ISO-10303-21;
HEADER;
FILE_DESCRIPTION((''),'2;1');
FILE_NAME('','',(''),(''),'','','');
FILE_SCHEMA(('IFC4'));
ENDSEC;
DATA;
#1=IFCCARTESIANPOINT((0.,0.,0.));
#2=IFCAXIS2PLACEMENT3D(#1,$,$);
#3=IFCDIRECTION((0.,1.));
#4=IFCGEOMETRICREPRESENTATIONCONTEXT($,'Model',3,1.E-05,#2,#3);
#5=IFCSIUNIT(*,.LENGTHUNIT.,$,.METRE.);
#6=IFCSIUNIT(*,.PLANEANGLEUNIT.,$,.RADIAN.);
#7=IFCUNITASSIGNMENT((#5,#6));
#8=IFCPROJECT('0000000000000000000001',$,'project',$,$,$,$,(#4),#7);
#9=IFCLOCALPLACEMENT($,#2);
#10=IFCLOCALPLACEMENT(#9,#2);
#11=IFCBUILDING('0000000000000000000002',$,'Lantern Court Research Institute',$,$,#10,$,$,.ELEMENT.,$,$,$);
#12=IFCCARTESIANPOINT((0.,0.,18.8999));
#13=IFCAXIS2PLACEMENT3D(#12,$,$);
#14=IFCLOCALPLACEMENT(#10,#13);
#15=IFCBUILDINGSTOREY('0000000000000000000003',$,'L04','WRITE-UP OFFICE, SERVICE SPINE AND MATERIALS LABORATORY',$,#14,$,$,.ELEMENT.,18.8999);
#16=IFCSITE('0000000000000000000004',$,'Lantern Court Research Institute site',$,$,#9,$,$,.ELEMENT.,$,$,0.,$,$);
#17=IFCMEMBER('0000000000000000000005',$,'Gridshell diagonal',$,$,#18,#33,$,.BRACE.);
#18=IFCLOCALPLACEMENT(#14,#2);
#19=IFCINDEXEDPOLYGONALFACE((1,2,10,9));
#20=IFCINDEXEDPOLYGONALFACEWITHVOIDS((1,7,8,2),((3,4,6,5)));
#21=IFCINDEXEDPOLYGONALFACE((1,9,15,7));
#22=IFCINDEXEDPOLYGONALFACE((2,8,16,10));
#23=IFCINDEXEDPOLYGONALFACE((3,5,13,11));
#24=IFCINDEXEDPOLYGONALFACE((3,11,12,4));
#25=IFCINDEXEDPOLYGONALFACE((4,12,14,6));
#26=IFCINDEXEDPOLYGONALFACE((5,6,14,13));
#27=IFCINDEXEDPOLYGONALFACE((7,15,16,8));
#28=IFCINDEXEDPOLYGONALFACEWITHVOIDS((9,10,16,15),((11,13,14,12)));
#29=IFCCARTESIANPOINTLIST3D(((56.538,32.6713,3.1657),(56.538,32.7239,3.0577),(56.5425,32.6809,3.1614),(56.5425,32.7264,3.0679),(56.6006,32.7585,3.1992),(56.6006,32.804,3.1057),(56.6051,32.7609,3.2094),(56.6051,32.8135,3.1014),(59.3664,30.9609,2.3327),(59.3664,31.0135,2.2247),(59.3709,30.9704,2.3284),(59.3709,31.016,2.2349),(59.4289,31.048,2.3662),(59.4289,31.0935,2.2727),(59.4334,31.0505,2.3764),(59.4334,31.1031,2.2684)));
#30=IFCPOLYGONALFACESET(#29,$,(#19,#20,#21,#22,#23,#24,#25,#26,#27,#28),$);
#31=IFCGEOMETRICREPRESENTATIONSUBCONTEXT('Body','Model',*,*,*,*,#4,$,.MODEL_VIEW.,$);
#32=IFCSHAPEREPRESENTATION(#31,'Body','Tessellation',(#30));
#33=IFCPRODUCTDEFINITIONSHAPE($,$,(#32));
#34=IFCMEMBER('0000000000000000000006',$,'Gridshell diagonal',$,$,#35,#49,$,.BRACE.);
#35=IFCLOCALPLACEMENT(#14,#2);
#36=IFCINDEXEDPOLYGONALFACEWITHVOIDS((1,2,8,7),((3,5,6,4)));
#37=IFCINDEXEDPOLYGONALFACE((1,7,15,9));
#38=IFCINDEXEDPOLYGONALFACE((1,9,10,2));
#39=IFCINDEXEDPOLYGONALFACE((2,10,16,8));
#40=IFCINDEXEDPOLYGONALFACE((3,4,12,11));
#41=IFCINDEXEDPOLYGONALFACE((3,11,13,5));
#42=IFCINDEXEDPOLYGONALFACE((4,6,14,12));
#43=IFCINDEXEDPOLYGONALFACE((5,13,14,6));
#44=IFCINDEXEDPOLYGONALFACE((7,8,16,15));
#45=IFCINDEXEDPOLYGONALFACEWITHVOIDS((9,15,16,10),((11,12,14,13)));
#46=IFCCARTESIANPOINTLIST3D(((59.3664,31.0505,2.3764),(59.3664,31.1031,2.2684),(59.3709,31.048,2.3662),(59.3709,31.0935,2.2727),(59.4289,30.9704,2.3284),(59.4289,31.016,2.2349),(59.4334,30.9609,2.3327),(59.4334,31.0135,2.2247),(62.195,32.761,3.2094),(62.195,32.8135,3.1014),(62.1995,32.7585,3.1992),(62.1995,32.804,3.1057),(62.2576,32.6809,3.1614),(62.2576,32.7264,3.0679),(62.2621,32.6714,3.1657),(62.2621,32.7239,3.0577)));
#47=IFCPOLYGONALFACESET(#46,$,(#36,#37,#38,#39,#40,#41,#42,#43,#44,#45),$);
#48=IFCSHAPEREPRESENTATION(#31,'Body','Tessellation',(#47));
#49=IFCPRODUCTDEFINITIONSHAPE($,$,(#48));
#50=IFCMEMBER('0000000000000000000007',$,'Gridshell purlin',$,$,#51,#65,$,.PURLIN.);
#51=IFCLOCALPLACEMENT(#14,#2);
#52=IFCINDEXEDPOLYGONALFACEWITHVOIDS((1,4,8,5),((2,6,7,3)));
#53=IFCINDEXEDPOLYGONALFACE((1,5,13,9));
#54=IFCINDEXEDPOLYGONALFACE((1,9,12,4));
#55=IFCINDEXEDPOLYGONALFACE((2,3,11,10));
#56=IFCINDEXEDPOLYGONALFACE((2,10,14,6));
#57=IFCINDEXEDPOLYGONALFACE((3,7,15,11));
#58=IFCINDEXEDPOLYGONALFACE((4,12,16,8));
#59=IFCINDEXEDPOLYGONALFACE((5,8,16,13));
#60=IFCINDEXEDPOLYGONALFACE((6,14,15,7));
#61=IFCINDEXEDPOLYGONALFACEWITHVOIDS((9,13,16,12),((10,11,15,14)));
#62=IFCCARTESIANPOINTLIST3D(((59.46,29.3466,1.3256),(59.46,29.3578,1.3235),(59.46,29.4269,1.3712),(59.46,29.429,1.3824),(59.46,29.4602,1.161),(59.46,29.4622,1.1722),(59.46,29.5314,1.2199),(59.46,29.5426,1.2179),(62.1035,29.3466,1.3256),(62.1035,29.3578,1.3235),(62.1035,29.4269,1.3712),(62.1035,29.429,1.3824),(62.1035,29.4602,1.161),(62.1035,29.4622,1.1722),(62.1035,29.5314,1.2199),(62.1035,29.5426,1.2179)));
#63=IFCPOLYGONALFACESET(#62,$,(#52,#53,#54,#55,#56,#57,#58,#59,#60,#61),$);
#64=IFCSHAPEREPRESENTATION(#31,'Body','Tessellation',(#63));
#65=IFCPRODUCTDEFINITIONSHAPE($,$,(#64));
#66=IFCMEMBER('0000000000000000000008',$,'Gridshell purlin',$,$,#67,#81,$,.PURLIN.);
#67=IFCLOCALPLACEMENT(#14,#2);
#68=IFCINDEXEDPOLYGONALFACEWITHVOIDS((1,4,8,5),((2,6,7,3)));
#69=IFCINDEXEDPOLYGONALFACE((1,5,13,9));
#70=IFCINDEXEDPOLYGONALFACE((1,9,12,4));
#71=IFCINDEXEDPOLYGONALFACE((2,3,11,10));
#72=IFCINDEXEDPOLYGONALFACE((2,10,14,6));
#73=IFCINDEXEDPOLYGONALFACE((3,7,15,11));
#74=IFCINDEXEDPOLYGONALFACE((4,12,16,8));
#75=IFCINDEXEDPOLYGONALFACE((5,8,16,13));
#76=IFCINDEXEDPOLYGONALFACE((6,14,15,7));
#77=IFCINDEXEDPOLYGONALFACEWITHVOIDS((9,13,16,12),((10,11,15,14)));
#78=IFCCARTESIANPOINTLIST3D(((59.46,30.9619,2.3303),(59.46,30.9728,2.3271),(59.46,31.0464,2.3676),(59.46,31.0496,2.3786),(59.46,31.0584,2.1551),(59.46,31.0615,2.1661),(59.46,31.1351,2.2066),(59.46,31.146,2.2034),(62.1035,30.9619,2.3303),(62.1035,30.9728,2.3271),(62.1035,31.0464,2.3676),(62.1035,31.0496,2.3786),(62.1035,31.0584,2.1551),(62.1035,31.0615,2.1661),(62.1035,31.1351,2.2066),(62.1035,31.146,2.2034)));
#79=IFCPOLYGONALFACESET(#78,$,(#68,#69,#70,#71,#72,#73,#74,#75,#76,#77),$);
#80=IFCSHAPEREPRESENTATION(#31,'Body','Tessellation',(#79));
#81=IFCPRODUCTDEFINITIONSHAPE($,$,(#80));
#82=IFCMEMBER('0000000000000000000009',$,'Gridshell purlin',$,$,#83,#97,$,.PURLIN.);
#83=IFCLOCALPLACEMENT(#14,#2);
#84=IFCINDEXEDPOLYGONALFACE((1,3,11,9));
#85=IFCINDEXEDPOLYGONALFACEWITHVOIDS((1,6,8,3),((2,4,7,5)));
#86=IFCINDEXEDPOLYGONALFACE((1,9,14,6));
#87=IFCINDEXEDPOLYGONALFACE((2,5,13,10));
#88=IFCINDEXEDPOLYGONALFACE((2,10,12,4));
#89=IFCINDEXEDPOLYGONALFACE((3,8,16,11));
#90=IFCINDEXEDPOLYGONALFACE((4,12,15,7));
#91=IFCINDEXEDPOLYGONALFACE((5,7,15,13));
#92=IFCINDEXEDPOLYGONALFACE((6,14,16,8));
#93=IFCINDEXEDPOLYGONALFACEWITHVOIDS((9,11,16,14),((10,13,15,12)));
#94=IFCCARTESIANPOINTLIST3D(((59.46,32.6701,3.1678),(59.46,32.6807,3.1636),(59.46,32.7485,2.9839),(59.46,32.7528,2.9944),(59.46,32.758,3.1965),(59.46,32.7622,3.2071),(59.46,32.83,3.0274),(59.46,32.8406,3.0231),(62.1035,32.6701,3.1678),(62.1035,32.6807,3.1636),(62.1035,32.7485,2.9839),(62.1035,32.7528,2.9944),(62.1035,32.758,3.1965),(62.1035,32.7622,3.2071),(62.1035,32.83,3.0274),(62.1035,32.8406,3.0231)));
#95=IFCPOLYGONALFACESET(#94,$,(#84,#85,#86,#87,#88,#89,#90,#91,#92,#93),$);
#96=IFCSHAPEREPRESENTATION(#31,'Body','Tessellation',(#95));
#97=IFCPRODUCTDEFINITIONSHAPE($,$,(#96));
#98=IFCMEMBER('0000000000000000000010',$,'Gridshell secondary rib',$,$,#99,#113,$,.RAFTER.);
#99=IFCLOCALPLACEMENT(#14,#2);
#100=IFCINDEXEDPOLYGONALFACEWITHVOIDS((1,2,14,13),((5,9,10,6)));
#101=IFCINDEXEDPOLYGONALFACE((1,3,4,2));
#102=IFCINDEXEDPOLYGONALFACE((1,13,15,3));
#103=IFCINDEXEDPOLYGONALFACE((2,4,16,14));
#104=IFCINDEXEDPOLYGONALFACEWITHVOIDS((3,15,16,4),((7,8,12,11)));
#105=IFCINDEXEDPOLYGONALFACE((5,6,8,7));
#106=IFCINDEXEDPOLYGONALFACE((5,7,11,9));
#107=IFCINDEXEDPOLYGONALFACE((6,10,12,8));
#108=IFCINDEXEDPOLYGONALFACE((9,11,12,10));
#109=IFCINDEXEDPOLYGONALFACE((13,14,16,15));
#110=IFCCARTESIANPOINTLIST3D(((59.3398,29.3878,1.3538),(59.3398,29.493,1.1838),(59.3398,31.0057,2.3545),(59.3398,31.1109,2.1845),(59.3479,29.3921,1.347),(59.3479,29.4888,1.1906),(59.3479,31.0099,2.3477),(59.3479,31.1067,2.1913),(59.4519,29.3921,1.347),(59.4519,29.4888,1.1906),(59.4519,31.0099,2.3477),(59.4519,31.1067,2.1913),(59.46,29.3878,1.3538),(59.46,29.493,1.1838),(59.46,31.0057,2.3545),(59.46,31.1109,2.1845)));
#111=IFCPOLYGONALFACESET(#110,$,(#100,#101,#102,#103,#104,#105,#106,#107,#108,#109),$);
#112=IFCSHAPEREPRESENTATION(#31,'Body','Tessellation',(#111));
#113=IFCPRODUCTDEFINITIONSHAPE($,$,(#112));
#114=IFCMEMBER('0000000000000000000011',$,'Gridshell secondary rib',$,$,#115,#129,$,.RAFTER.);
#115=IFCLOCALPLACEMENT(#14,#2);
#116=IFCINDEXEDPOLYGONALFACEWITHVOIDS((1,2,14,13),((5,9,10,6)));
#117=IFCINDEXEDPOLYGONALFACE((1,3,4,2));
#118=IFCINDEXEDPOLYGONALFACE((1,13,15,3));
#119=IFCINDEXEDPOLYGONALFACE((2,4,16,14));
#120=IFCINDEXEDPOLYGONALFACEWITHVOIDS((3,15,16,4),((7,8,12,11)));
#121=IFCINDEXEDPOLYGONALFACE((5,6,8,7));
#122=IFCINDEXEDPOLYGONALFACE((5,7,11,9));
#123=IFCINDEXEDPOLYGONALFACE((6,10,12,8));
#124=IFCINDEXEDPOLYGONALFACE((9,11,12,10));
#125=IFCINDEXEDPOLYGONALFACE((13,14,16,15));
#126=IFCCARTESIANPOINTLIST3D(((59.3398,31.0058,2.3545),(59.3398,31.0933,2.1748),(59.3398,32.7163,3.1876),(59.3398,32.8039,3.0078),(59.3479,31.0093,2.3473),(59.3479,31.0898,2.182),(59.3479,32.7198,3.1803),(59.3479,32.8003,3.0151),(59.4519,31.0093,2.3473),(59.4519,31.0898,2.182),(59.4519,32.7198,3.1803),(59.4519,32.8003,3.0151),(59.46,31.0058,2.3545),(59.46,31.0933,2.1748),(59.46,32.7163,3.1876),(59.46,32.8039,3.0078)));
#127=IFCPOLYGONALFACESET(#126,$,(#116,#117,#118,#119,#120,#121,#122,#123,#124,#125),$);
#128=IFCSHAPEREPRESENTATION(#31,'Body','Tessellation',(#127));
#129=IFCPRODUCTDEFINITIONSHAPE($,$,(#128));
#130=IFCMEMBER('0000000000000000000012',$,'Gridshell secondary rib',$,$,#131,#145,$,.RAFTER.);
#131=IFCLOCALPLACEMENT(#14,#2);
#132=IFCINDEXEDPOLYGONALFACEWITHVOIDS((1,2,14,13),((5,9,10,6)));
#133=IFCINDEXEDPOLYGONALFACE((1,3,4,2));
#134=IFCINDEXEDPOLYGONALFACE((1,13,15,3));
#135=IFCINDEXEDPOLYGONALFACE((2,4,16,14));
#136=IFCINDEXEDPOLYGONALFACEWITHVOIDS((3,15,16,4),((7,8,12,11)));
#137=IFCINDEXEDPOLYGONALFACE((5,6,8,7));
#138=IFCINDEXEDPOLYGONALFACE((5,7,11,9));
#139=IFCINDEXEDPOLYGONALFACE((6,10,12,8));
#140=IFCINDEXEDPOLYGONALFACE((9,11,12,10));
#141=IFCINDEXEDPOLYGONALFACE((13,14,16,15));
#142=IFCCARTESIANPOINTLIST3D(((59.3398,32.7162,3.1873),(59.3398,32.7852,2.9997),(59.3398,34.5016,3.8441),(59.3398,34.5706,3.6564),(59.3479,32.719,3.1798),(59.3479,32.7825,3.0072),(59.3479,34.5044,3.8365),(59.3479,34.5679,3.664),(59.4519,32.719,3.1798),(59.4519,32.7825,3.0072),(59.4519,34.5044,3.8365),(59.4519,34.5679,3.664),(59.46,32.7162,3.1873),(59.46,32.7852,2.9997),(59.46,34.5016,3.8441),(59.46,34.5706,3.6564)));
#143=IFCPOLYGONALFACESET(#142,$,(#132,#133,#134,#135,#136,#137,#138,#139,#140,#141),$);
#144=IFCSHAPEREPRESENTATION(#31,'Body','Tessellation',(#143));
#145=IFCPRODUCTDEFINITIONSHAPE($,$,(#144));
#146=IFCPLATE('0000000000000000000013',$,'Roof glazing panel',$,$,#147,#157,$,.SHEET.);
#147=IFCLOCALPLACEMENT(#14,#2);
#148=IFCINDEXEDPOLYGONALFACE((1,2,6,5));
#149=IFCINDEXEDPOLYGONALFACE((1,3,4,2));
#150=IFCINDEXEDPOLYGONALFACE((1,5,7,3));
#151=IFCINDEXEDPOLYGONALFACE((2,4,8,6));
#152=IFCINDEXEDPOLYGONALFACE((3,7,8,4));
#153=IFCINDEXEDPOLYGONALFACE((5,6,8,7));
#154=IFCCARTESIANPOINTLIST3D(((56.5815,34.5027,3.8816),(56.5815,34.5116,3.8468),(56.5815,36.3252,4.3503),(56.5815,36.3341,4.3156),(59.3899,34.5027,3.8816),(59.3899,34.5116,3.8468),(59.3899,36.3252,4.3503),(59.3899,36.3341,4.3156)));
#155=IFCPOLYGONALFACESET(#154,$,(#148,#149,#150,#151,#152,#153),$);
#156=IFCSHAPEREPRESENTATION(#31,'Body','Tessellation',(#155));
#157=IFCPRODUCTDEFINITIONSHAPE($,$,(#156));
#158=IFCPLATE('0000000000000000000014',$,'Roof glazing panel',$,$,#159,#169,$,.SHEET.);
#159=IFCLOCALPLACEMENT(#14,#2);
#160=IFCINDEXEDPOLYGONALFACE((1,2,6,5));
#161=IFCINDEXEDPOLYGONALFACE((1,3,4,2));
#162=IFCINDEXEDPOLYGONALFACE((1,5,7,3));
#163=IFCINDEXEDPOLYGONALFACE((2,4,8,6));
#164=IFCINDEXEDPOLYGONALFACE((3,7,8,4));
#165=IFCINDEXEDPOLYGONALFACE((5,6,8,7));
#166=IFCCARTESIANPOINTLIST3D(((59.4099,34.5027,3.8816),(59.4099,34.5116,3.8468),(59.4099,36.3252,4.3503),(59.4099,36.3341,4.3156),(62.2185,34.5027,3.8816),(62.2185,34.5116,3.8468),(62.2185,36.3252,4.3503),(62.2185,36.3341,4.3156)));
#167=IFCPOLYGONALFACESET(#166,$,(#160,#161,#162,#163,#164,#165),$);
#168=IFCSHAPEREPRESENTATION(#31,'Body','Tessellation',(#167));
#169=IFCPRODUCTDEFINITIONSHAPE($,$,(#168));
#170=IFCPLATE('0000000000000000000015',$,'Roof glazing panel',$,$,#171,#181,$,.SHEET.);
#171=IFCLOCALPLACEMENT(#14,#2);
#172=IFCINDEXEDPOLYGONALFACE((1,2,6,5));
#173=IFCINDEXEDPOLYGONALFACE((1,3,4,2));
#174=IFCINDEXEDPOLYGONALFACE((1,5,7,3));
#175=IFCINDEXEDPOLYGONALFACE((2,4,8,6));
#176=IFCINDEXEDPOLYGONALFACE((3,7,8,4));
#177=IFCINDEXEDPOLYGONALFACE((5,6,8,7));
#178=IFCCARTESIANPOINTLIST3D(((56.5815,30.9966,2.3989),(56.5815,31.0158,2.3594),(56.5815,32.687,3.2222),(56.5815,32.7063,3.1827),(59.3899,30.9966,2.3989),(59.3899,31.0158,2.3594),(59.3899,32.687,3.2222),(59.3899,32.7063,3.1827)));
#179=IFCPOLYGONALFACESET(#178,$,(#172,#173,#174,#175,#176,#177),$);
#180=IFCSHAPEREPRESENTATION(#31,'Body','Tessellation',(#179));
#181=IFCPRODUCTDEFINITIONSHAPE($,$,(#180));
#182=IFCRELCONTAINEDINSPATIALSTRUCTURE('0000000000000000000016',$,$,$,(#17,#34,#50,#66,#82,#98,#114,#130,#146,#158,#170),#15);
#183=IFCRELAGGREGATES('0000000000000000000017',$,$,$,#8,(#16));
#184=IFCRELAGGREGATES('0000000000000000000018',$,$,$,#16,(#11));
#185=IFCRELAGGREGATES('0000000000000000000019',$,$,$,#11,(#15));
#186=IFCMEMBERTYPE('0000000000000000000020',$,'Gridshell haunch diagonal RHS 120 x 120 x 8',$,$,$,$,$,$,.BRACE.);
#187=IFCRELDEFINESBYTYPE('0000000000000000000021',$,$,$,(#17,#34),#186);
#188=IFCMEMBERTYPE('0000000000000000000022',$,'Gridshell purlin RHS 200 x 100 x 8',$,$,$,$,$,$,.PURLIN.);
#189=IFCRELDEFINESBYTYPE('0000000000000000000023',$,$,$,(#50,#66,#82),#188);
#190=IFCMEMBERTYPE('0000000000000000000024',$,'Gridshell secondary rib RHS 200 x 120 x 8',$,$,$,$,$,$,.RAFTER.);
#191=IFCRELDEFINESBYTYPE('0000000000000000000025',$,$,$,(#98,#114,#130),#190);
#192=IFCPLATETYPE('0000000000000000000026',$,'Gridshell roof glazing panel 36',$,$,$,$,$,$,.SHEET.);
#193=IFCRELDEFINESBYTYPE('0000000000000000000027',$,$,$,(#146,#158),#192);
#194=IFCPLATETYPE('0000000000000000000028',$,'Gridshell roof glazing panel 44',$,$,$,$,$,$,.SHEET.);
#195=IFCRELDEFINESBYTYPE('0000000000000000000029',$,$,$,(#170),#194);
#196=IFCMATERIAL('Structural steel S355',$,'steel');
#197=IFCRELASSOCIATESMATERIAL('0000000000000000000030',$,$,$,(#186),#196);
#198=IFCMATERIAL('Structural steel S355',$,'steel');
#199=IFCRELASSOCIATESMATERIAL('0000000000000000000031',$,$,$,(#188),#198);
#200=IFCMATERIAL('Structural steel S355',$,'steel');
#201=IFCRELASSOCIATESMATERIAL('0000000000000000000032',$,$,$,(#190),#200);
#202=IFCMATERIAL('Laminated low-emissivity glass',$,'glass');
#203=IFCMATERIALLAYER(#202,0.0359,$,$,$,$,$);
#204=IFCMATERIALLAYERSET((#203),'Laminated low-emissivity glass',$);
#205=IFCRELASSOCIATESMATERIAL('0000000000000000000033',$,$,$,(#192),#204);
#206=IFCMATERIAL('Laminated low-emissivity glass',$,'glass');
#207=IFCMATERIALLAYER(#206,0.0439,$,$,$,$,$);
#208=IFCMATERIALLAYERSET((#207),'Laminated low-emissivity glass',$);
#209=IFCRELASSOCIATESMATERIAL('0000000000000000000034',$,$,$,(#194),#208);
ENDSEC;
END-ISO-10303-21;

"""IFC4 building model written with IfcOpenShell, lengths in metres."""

from ifc_helpers import new_model, si_unit, direction, frame, origin, origin_2d, place, context, subcontext, project, spatial, polyline, hollow_rectangle, outline, extrude, material, layer, layer_set, material_profile, profile_set, type_object, element, save


model = new_model("IFC4")

# Units and contexts
model_context = context("Model", 3, precision=1e-05, world=origin(), true_north=direction((0.0, 1.0)))
body_context = subcontext(model_context, "Body", "Model", "MODEL_VIEW")
ifc_project = project(units=[si_unit("LENGTHUNIT", "METRE"), si_unit("PLANEANGLEUNIT", "RADIAN")], contexts=[model_context])

# Site, building, storey
site_placement = place(None, origin())
site = spatial("IfcSite", under=ifc_project, at=site_placement, Name="Lantern Court Research Institute site", CompositionType="ELEMENT", RefElevation=0.0)
building_placement = place(site_placement, origin())
building = spatial("IfcBuilding", under=site, at=building_placement, Name="Lantern Court Research Institute", CompositionType="ELEMENT")
storey_placement = place(building_placement, frame((0.0, 0.0, 18.8999)))
storey = spatial("IfcBuildingStorey", under=building, at=storey_placement, Name="L04", Description="WRITE-UP OFFICE, SERVICE SPINE AND MATERIALS LABORATORY", CompositionType="ELEMENT", Elevation=18.8999)

# Members
ifc_material_1 = material(Name="Structural steel S355", Category="steel")
ifc_material_profile_1 = material_profile(ifc_material_1, hollow_rectangle(XDim=0.1201, YDim=0.1201, WallThickness=0.0081, at=origin_2d()), Name="Gridshell haunch diagonal RHS 120 x 120 x 8")
ifc_profile_set_1 = profile_set([ifc_material_profile_1], Name="Structural steel S355")
member_type_1 = type_object("IfcMemberType", Name="Gridshell haunch diagonal RHS 120 x 120 x 8", PredefinedType="BRACE", material=ifc_profile_set_1)
member_1_placement = place(storey_placement, frame((59.3999, 31.032, 2.3005), z_axis=(-0.829751, 0.50179, 0.244377), x_axis=(-0.558134, -0.746001, -0.363275)))
element("IfcMember", 1, at=member_1_placement, inside=storey, type_object=member_type_1, Name="Gridshell diagonal", PredefinedType="BRACE", context=body_context, shape_type="SweptSolid", body=[
    extrude(hollow_rectangle(XDim=0.1201, YDim=0.1201, WallThickness=0.0081, at=origin_2d()), origin(), (0.0, 0.0, 1.0), 3.4087),
])
member_2_placement = place(storey_placement, frame((59.3999, 31.032, 2.3005), z_axis=(0.829773, 0.50176, 0.244363), x_axis=(-0.558101, 0.746025, 0.363277)))
element("IfcMember", 2, at=member_2_placement, inside=storey, type_object=member_type_1, Name="Gridshell diagonal", PredefinedType="BRACE", context=body_context, shape_type="SweptSolid", body=[
    extrude(hollow_rectangle(XDim=0.1201, YDim=0.1201, WallThickness=0.0081, at=origin_2d()), origin(), (0.0, 0.0, 1.0), 3.4089),
])
ifc_material_2 = material(Name="Structural steel S355", Category="steel")
ifc_material_profile_2 = material_profile(ifc_material_2, hollow_rectangle(XDim=0.1001, YDim=0.2, WallThickness=0.0081, at=origin_2d()), Name="Gridshell purlin RHS 200 x 100 x 8")
ifc_profile_set_2 = profile_set([ifc_material_profile_2], Name="Structural steel S355")
member_type_2 = type_object("IfcMemberType", Name="Gridshell purlin RHS 200 x 100 x 8", PredefinedType="PURLIN", material=ifc_profile_set_2)
for number, where, z_axis, x_axis, name in (
    (3, (59.46, 29.4446, 1.2717), (1.0, 0.0, 0.0), (0.0, 0.822954, 0.568108), "Gridshell purlin"),
    (4, (59.46, 31.054, 2.2668), (1.0, 0.0, 0.0), (0.0, 0.875897, 0.482497), "Gridshell purlin"),
    (5, (59.46, 32.7554, 3.0955), (1.0, 0.0, 0.0), (0.0, 0.919966, 0.391999), "Gridshell purlin"),
):
    element("IfcMember", number, at=place(storey_placement, frame(where, z_axis=z_axis, x_axis=x_axis)), inside=storey, type_object=member_type_2, Name=name, PredefinedType="PURLIN", context=body_context, shape_type="SweptSolid", body=[
        extrude(hollow_rectangle(XDim=0.1001, YDim=0.2, WallThickness=0.0081, at=origin_2d()), origin(), (0.0, 0.0, 1.0), 2.6436),
    ])
ifc_material_3 = material(Name="Structural steel S355", Category="steel")
ifc_material_profile_3 = material_profile(ifc_material_3, hollow_rectangle(XDim=0.1201, YDim=0.2, WallThickness=0.0081, at=origin_2d()), Name="Gridshell secondary rib RHS 200 x 120 x 8")
ifc_profile_set_3 = profile_set([ifc_material_profile_3], Name="Structural steel S355")
member_type_3 = type_object("IfcMemberType", Name="Gridshell secondary rib RHS 200 x 120 x 8", PredefinedType="RAFTER", material=ifc_profile_set_3)
member_3_placement = place(storey_placement, frame((59.3999, 29.4404, 1.2688), z_axis=(0.0, 0.850462, 0.526036), x_axis=(-1.0, 0.0, 0.0)))
element("IfcMember", 6, at=member_3_placement, inside=storey, type_object=member_type_3, Name="Gridshell secondary rib", PredefinedType="RAFTER", context=body_context, shape_type="SweptSolid", body=[
    extrude(hollow_rectangle(XDim=0.1201, YDim=0.2, WallThickness=0.0081, at=origin_2d()), origin(), (0.0, 0.0, 1.0), 1.9023),
])
member_4_placement = place(storey_placement, frame((59.3999, 31.0496, 2.2646), z_axis=(0.0, 0.899049, 0.437847), x_axis=(-1.0, 0.0, 0.0)))
element("IfcMember", 7, at=member_4_placement, inside=storey, type_object=member_type_3, Name="Gridshell secondary rib", PredefinedType="RAFTER", context=body_context, shape_type="SweptSolid", body=[
    extrude(hollow_rectangle(XDim=0.1201, YDim=0.2, WallThickness=0.0081, at=origin_2d()), origin(), (0.0, 0.0, 1.0), 1.9026),
])
member_5_placement = place(storey_placement, frame((59.3999, 32.7507, 3.0935), z_axis=(0.0, 0.93852, 0.345224), x_axis=(-1.0, 0.0, 0.0)))
element("IfcMember", 8, at=member_5_placement, inside=storey, type_object=member_type_3, Name="Gridshell secondary rib", PredefinedType="RAFTER", context=body_context, shape_type="SweptSolid", body=[
    extrude(hollow_rectangle(XDim=0.1201, YDim=0.2, WallThickness=0.0081, at=origin_2d()), origin(), (0.0, 0.0, 1.0), 1.9023),
])

# Plates
ifc_material_4 = material(Name="Laminated low-emissivity glass", Category="glass")
ifc_layer_1 = layer(ifc_material_4, 0.0359)
ifc_layer_set_1 = layer_set([ifc_layer_1], Name="Laminated low-emissivity glass")
plate_type_1 = type_object("IfcPlateType", Name="Gridshell roof glazing panel 36", PredefinedType="SHEET", material=ifc_layer_set_1)
plate_1_placement = place(storey_placement, frame((59.3899, 34.5027, 3.8816), z_axis=(0.0, -0.249093, 0.96848), x_axis=(-1.0, 0.0, 0.0)))
element("IfcPlate", 9, at=plate_1_placement, inside=storey, type_object=plate_type_1, Name="Roof glazing panel", PredefinedType="SHEET", context=body_context, shape_type="SweptSolid", body=[
    extrude(outline(polyline([(0.0, 0.0), (2.8083, 0.0), (2.8083, -1.8818), (0.0, -1.8818), (0.0, 0.0)])), origin(), (0.0, 0.0, -1.0), 0.0359),
])
plate_2_placement = place(storey_placement, frame((62.2185, 34.5027, 3.8816), z_axis=(0.0, -0.249093, 0.96848), x_axis=(-1.0, 0.0, 0.0)))
element("IfcPlate", 10, at=plate_2_placement, inside=storey, type_object=plate_type_1, Name="Roof glazing panel", PredefinedType="SHEET", context=body_context, shape_type="SweptSolid", body=[
    extrude(outline(polyline([(0.0, 0.0), (2.8086, 0.0), (2.8086, -1.8818), (0.0, -1.8818), (0.0, 0.0)])), origin(), (0.0, 0.0, -1.0), 0.0359),
])
ifc_material_5 = material(Name="Laminated low-emissivity glass", Category="glass")
ifc_layer_2 = layer(ifc_material_5, 0.0439)
ifc_layer_set_2 = layer_set([ifc_layer_2], Name="Laminated low-emissivity glass")
plate_type_2 = type_object("IfcPlateType", Name="Gridshell roof glazing panel 44", PredefinedType="SHEET", material=ifc_layer_set_2)
plate_3_placement = place(storey_placement, frame((59.3899, 30.9966, 2.3989), z_axis=(0.0, -0.43784, 0.899053), x_axis=(-1.0, 0.0, 0.0)))
element("IfcPlate", 11, at=plate_3_placement, inside=storey, type_object=plate_type_2, Name="Roof glazing panel", PredefinedType="SHEET", context=body_context, shape_type="SweptSolid", body=[
    extrude(outline(polyline([(0.0, 0.0), (2.8083, 0.0), (2.8083, -1.8802), (0.0, -1.8802), (0.0, 0.0)])), origin(), (0.0, 0.0, -1.0), 0.0439),
])

save(model, "model.ifc")
